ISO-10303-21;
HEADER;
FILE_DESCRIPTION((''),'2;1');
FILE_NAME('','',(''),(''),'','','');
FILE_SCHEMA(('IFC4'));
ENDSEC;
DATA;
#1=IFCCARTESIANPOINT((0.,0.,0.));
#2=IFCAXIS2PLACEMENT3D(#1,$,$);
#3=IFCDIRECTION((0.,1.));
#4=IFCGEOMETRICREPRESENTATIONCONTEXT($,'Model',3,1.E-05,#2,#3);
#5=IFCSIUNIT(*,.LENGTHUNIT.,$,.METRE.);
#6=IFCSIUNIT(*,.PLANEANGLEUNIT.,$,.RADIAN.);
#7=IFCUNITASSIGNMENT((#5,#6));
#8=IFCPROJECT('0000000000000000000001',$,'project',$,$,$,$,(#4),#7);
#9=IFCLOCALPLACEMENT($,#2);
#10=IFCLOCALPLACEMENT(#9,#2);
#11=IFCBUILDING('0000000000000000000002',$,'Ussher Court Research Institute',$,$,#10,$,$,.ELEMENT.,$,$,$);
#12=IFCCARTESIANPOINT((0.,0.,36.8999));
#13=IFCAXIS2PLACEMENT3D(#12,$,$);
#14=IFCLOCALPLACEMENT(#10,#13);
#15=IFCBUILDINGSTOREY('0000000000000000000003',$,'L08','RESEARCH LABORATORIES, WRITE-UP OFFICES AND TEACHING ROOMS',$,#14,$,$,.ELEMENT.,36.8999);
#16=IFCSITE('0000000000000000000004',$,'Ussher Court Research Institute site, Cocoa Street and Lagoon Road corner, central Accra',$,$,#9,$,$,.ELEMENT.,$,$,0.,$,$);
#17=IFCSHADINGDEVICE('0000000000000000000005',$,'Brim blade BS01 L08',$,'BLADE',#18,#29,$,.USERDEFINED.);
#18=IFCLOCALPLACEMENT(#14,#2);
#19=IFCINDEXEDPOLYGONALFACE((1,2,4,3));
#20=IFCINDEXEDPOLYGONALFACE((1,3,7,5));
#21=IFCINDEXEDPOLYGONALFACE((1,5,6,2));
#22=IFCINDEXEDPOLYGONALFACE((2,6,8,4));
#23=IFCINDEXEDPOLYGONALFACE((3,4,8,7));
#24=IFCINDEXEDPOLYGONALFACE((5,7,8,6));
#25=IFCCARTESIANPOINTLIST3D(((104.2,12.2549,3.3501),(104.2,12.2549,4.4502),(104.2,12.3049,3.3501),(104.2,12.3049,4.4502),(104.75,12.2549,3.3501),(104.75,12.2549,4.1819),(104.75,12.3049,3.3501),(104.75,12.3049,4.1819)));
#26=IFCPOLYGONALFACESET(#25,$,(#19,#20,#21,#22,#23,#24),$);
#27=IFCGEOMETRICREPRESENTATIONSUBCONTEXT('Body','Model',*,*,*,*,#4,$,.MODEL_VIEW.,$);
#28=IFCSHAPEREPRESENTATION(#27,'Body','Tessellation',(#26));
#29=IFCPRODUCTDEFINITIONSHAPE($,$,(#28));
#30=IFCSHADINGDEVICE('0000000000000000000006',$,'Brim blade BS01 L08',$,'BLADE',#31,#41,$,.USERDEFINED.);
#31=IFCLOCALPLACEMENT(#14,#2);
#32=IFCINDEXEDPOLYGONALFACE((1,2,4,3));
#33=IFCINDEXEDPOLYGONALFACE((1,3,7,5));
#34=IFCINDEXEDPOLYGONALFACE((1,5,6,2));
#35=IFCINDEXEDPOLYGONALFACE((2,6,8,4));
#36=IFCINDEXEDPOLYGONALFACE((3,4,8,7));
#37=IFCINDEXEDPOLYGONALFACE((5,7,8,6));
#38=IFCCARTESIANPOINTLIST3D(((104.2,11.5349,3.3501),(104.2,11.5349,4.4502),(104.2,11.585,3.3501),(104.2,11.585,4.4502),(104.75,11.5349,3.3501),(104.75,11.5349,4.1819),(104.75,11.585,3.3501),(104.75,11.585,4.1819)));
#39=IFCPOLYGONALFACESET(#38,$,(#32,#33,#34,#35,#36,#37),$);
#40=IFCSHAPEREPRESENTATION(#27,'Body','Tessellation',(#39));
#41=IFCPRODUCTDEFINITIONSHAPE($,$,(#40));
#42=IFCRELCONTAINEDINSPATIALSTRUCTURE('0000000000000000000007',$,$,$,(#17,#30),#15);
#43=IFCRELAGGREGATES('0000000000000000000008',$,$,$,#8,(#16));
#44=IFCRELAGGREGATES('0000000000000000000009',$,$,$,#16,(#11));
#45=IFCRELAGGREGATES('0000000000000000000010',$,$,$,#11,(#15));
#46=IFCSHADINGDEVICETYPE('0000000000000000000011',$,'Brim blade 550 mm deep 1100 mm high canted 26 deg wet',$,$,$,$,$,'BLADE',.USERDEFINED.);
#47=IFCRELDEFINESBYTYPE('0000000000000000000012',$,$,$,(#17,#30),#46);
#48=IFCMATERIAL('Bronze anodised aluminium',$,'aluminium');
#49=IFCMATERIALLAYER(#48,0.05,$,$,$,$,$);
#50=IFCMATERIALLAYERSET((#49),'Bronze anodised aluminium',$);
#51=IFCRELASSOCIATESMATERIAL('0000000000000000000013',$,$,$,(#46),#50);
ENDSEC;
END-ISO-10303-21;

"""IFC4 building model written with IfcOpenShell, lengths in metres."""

from ifc_helpers import new_model, si_unit, direction, frame, origin, place, context, subcontext, project, spatial, polyline, outline, extrude, material, layer, layer_set, type_object, element, save


model = new_model("IFC4")

# Units and contexts
model_context = context("Model", 3, precision=1e-05, world=origin(), true_north=direction((0.0, 1.0)))
body_context = subcontext(model_context, "Body", "Model", "MODEL_VIEW")
ifc_project = project(units=[si_unit("LENGTHUNIT", "METRE"), si_unit("PLANEANGLEUNIT", "RADIAN")], contexts=[model_context])

# Site, building, storey
site_placement = place(None, origin())
site = spatial("IfcSite", under=ifc_project, at=site_placement, Name="Ussher Court Research Institute site, Cocoa Street and Lagoon Road corner, central Accra", CompositionType="ELEMENT", RefElevation=0.0)
building_placement = place(site_placement, origin())
building = spatial("IfcBuilding", under=site, at=building_placement, Name="Ussher Court Research Institute", CompositionType="ELEMENT")
storey_placement = place(building_placement, frame((0.0, 0.0, 36.8999)))
storey = spatial("IfcBuildingStorey", under=building, at=storey_placement, Name="L08", Description="RESEARCH LABORATORIES, WRITE-UP OFFICES AND TEACHING ROOMS", CompositionType="ELEMENT", Elevation=36.8999)

# Shading devices
ifc_material_1 = material(Name="Bronze anodised aluminium", Category="aluminium")
ifc_layer_1 = layer(ifc_material_1, 0.05)
ifc_layer_set_1 = layer_set([ifc_layer_1], Name="Bronze anodised aluminium")
shading_device_type_1 = type_object("IfcShadingDeviceType", Name="Brim blade 550 mm deep 1100 mm high canted 26 deg wet", ElementType="BLADE", PredefinedType="USERDEFINED", material=ifc_layer_set_1)
for number, where, z_axis, x_axis, name in (
    (1, (104.2, 12.28, 3.3501), (0.0, 0.0, 1.0), (1.0, 0.0, 0.0), "Brim blade BS01 L08"),
    (2, (104.2, 11.5601, 3.3501), (0.0, 0.0, 1.0), (1.0, 0.0, 0.0), "Brim blade BS01 L08"),
):
    element("IfcShadingDevice", number, at=place(storey_placement, frame(where, z_axis=z_axis, x_axis=x_axis)), inside=storey, type_object=shading_device_type_1, Name=name, ObjectType="BLADE", PredefinedType="USERDEFINED", context=body_context, shape_type="SweptSolid", body=[
        extrude(outline(polyline([(0.0, 0.0), (0.55, 0.0), (0.55, 0.8318), (0.0, 1.1001), (0.0, 0.0)])), frame((0.0, 0.0249, 0.0), z_axis=(0.0, -1.0, 0.0), x_axis=(1.0, 0.0, 0.0)), (0.0, 0.0, 1.0), 0.05),
    ])

save(model, "model.ifc")
